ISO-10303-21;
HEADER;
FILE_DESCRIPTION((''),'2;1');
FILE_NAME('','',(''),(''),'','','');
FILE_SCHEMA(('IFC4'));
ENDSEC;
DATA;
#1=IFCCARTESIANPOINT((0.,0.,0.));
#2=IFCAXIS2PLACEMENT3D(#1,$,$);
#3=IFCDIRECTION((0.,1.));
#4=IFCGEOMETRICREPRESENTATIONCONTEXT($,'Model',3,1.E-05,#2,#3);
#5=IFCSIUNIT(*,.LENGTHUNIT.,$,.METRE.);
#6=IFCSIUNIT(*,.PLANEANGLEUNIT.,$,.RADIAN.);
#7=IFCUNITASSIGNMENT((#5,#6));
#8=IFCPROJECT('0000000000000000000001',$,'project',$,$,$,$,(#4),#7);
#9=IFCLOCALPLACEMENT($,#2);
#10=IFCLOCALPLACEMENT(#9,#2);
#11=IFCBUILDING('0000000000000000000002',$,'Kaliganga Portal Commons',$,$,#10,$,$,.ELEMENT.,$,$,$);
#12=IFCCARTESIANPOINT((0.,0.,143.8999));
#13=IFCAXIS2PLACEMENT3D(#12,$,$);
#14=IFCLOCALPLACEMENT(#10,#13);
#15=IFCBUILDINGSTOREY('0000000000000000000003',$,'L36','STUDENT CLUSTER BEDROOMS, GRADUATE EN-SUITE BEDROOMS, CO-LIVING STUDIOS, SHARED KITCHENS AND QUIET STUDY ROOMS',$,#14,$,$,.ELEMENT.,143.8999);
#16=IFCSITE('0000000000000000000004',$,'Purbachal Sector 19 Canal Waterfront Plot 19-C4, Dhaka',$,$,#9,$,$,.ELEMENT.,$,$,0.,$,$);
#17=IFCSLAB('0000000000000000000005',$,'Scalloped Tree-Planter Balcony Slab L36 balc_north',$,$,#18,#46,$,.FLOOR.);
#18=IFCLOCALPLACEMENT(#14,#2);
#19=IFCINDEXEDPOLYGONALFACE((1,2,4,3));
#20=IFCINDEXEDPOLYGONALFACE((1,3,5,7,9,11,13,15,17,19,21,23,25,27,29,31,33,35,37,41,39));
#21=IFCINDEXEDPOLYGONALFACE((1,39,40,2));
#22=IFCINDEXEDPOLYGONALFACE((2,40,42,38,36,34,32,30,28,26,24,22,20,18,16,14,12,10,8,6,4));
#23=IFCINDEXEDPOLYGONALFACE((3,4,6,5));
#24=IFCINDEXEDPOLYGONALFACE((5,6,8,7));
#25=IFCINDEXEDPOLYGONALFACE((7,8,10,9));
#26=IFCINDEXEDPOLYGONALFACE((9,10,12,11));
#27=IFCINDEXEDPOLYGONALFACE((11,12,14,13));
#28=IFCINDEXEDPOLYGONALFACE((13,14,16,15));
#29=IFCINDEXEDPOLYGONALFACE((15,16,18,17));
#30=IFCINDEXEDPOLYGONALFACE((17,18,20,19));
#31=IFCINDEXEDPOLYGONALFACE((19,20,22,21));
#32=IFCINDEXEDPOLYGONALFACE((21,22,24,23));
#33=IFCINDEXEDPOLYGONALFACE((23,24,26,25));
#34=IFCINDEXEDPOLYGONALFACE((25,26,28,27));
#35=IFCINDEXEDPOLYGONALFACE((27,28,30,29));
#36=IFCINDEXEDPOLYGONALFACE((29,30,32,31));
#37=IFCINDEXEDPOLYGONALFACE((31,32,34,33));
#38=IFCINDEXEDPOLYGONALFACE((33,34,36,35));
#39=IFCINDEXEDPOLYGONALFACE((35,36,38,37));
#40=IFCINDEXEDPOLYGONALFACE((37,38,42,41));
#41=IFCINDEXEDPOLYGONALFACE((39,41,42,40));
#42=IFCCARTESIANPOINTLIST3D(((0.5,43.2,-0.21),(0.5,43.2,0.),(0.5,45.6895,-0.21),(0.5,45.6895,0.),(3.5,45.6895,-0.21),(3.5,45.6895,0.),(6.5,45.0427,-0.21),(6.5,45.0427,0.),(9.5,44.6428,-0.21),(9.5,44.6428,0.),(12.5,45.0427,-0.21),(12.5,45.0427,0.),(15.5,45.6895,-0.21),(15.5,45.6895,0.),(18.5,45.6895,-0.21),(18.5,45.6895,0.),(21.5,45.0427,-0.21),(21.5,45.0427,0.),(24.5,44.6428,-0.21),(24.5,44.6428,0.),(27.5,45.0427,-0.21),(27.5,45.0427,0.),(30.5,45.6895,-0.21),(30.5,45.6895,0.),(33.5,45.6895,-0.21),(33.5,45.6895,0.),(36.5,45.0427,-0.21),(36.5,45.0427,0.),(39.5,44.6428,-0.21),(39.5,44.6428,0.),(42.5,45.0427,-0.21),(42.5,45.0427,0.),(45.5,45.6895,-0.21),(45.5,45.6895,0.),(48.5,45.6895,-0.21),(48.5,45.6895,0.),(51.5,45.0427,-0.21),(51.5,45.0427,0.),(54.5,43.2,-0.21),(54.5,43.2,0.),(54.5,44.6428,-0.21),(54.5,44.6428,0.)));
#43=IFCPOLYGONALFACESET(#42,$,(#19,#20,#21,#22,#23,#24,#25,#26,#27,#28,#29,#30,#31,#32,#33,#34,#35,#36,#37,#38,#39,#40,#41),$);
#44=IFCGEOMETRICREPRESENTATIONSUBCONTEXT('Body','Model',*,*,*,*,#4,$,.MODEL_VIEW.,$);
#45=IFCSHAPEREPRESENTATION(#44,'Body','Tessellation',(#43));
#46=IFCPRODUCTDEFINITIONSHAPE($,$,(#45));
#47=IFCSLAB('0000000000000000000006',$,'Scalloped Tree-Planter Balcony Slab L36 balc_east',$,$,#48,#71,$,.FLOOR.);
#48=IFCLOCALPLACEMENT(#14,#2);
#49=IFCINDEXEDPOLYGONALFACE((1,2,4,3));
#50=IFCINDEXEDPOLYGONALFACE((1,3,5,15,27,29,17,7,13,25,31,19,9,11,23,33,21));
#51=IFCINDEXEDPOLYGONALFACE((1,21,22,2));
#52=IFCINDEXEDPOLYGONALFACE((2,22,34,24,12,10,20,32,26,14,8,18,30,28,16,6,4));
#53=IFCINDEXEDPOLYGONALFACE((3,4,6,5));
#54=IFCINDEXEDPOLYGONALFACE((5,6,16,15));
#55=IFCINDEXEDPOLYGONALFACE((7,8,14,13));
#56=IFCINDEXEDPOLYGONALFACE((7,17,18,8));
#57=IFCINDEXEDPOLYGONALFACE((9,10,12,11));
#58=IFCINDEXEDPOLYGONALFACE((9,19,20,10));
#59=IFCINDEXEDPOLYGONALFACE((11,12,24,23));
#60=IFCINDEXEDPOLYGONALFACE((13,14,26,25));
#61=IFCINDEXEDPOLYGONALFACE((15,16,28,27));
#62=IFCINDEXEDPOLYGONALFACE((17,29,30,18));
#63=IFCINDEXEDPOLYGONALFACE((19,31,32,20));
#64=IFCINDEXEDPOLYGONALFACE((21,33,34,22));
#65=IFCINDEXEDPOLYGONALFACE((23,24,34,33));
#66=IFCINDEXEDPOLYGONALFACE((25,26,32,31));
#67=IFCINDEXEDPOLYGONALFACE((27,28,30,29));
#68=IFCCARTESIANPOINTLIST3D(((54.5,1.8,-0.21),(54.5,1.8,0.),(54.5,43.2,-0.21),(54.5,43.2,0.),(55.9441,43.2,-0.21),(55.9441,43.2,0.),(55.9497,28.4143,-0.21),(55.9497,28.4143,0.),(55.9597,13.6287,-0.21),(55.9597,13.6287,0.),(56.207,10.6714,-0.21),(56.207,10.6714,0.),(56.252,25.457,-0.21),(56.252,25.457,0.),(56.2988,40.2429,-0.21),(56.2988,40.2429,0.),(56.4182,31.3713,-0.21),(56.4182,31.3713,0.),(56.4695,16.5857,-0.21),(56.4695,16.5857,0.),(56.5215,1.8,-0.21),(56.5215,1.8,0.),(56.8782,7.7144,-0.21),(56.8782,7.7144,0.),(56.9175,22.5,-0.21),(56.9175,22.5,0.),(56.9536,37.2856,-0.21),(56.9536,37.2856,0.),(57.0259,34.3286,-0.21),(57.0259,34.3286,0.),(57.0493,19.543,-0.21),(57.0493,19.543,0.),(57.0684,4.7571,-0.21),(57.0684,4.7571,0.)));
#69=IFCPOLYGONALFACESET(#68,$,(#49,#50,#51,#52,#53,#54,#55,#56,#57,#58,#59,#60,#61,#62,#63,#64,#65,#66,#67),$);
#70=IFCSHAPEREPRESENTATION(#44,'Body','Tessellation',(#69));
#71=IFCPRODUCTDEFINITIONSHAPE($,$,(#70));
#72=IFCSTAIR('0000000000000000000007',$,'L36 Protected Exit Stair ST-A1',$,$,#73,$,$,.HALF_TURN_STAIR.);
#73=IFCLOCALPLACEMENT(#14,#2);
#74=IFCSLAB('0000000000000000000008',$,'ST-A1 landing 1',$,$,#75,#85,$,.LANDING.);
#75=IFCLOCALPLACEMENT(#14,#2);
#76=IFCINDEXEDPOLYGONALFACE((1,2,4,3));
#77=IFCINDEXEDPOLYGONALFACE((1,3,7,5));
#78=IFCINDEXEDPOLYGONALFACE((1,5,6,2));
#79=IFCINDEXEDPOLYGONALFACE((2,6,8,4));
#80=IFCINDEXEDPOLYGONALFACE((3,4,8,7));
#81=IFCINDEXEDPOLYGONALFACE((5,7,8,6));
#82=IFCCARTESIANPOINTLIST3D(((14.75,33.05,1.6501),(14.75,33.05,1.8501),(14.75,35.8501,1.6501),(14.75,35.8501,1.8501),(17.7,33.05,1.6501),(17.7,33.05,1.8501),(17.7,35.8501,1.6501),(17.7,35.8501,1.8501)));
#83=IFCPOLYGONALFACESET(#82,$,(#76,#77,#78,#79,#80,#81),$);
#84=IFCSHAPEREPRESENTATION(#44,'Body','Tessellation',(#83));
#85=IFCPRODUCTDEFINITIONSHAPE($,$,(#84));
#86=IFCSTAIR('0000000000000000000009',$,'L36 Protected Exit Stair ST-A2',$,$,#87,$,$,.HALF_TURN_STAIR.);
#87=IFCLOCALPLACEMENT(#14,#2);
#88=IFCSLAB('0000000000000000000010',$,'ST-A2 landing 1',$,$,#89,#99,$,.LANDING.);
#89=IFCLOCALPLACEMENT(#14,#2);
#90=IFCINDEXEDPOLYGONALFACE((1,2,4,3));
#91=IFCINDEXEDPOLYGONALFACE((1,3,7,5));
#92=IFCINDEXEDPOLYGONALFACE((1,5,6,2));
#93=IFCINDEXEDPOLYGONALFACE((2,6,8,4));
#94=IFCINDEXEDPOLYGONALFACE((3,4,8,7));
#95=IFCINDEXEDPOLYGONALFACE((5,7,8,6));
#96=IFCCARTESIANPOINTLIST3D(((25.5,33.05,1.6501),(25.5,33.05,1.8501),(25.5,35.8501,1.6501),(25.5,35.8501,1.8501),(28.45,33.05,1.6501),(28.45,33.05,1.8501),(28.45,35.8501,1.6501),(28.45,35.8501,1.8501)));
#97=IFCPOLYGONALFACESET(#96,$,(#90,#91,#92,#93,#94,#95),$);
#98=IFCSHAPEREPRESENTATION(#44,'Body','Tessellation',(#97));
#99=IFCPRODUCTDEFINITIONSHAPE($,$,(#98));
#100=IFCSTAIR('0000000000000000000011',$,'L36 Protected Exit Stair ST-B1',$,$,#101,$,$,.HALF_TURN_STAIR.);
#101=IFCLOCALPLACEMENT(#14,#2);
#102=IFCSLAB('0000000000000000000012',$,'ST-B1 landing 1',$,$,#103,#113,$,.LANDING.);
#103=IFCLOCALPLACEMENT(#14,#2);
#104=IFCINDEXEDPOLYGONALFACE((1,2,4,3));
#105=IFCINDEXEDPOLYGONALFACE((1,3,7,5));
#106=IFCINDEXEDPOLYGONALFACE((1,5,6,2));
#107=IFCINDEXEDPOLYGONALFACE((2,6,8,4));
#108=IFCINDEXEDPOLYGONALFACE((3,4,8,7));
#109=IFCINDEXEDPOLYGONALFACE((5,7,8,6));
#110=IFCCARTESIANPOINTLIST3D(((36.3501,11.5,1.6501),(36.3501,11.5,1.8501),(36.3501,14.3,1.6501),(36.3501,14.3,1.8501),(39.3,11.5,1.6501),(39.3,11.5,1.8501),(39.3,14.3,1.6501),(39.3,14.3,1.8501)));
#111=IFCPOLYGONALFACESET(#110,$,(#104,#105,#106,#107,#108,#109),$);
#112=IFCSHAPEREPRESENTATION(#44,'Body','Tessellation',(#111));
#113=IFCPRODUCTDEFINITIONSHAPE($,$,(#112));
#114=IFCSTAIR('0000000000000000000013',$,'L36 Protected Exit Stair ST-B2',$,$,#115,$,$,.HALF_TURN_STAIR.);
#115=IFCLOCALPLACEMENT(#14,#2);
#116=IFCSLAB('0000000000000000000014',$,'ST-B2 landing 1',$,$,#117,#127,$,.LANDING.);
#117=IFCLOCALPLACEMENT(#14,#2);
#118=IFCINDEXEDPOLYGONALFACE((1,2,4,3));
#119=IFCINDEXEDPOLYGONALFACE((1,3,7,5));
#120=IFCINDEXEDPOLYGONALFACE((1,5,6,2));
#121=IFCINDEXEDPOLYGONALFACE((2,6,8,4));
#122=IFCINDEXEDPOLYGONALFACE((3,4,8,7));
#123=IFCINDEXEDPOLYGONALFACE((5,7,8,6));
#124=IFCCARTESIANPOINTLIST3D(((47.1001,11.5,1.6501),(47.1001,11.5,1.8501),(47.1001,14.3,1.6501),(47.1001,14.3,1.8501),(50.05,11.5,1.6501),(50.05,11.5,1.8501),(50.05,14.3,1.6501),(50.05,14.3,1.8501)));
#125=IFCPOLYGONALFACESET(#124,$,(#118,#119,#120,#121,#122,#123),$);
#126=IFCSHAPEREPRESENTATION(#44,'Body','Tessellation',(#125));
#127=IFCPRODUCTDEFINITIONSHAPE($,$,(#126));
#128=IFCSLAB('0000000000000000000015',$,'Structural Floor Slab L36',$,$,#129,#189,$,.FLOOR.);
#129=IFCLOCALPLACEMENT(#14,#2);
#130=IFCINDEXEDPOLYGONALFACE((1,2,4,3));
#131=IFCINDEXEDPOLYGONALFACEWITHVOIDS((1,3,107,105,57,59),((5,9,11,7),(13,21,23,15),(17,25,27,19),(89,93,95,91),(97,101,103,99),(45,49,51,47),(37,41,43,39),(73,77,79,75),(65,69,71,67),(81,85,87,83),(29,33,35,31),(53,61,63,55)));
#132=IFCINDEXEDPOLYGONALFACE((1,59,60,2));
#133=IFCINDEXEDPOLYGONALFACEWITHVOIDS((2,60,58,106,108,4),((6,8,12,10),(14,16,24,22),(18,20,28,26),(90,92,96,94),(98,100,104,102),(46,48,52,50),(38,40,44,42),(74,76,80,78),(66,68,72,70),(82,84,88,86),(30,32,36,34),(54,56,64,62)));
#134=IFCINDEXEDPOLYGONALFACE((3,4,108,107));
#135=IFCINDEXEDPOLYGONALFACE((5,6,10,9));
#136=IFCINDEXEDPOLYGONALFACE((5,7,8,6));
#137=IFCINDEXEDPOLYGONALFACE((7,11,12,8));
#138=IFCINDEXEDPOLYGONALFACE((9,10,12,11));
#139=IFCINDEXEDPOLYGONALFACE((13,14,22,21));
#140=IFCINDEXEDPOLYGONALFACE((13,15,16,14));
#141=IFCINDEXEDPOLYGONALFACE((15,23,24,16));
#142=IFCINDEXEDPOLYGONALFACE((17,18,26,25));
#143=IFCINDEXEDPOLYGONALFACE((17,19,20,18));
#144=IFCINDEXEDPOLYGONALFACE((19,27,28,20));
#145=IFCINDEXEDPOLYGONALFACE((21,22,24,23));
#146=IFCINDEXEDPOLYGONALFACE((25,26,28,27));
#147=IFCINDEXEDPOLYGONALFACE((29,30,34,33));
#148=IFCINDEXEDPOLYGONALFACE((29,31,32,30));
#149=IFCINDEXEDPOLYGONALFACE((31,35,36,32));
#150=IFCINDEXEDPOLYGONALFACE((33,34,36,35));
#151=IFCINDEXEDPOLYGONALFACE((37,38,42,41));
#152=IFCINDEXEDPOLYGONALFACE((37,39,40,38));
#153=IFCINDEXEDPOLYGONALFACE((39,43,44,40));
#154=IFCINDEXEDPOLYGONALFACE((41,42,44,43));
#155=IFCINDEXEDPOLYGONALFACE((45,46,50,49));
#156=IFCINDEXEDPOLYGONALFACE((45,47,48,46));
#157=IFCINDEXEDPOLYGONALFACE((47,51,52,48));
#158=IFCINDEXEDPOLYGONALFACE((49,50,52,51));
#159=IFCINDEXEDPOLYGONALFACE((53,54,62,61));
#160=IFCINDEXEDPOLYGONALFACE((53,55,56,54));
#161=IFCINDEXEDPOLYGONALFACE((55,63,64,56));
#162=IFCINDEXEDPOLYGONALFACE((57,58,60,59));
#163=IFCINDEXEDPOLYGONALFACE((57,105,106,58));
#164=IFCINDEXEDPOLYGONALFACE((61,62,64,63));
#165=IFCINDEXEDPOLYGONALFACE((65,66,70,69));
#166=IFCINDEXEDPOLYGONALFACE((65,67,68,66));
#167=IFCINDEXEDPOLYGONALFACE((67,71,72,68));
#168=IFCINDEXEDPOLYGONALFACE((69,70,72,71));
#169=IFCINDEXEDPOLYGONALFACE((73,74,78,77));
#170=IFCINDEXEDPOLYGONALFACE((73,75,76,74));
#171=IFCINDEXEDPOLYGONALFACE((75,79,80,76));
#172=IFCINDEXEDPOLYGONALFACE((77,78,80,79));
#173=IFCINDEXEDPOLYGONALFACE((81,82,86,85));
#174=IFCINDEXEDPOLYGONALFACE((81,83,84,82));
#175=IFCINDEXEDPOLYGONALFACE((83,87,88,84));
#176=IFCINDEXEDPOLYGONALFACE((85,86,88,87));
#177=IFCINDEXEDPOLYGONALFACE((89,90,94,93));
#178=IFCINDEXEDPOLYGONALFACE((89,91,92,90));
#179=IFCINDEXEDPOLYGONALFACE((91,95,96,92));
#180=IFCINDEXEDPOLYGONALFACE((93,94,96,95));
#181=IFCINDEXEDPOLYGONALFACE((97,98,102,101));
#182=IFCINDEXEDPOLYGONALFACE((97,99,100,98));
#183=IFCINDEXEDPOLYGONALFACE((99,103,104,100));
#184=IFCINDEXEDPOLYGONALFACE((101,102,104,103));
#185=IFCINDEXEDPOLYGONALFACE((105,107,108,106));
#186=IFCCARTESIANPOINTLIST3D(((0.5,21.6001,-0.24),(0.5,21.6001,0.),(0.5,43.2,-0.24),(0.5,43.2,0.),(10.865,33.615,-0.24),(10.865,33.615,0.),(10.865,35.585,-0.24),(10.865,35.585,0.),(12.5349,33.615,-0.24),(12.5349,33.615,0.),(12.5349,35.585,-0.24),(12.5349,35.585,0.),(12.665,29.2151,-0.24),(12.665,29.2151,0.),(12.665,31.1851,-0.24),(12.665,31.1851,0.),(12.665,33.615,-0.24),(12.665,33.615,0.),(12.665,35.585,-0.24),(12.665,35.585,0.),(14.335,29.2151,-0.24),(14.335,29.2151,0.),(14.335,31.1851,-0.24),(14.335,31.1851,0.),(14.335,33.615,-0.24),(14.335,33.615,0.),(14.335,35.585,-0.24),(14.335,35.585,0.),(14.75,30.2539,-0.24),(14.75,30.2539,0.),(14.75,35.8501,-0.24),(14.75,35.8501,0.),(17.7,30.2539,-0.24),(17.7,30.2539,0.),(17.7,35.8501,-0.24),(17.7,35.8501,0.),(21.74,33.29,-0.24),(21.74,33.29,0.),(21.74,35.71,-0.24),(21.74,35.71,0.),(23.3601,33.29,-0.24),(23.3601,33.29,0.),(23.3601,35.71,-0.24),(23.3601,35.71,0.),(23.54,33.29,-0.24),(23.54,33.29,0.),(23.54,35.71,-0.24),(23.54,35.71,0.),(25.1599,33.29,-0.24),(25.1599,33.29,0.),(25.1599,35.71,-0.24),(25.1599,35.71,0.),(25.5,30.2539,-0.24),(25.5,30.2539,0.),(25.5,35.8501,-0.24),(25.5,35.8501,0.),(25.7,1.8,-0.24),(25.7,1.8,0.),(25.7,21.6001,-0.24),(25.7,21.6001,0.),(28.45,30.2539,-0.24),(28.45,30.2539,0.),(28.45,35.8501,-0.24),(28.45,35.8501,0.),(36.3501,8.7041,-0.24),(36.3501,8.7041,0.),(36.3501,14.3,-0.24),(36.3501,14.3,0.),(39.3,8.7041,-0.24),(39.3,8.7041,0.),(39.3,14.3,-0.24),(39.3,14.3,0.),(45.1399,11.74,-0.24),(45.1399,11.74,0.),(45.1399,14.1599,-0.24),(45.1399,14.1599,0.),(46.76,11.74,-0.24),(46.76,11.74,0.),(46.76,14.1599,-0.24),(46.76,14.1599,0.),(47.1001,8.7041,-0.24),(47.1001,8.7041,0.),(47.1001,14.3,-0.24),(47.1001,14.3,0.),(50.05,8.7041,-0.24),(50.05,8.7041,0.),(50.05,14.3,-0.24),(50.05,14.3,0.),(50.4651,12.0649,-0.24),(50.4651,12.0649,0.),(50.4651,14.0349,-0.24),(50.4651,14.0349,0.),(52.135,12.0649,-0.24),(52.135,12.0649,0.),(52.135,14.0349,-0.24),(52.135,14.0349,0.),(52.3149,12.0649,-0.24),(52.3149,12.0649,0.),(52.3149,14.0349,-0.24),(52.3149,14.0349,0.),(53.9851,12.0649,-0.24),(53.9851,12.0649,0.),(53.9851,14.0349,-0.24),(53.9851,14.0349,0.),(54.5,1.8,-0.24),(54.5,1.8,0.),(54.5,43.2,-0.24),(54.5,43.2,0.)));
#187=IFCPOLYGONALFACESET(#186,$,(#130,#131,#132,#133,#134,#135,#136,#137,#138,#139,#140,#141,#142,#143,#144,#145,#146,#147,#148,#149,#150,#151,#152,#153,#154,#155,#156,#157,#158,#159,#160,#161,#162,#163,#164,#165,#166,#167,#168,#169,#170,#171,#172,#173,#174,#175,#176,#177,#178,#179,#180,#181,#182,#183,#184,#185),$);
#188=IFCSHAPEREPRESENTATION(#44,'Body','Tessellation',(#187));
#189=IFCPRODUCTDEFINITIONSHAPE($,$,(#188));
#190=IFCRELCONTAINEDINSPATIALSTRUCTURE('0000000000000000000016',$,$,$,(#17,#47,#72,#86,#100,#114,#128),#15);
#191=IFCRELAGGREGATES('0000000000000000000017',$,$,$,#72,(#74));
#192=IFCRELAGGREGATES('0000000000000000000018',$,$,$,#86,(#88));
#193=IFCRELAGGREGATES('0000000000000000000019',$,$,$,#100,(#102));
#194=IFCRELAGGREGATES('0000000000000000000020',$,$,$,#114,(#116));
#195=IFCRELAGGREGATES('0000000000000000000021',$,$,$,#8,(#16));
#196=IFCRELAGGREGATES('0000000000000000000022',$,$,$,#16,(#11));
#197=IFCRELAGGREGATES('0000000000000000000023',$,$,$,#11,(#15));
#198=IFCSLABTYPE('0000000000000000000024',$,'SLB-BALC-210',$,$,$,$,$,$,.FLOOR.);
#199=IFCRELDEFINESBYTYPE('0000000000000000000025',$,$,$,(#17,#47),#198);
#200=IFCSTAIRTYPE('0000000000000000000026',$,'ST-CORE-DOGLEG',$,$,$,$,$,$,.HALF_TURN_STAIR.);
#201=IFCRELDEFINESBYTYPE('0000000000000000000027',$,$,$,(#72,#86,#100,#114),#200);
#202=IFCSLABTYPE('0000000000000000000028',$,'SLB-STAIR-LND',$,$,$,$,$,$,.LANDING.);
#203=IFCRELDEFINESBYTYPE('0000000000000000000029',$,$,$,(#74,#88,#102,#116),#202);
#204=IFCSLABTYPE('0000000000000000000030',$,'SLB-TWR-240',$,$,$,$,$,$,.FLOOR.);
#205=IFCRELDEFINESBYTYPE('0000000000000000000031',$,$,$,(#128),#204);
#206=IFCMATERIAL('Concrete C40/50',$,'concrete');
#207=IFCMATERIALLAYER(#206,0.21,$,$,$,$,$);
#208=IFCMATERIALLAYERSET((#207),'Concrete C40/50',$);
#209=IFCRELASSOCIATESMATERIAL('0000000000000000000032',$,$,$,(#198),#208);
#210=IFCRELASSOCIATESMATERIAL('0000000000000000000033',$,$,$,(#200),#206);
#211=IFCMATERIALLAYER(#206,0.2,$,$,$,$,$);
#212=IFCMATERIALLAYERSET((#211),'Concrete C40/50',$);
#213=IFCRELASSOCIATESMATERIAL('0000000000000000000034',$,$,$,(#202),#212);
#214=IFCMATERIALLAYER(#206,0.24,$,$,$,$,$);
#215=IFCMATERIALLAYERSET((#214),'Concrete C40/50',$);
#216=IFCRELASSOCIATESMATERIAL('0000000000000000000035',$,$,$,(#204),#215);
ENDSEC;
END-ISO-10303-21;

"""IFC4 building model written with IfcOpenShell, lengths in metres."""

from ifc_helpers import new_model, si_unit, direction, frame, origin, place, context, subcontext, project, spatial, polyline, outline, extrude, material, layer, layer_set, type_object, element, aggregate, save


model = new_model("IFC4")

# Units and contexts
model_context = context("Model", 3, precision=1e-05, world=origin(), true_north=direction((0.0, 1.0)))
body_context = subcontext(model_context, "Body", "Model", "MODEL_VIEW")
ifc_project = project(units=[si_unit("LENGTHUNIT", "METRE"), si_unit("PLANEANGLEUNIT", "RADIAN")], contexts=[model_context])

# Site, building, storey
site_placement = place(None, origin())
site = spatial("IfcSite", under=ifc_project, at=site_placement, Name="Purbachal Sector 19 Canal Waterfront Plot 19-C4, Dhaka", CompositionType="ELEMENT", RefElevation=0.0)
building_placement = place(site_placement, origin())
building = spatial("IfcBuilding", under=site, at=building_placement, Name="Kaliganga Portal Commons", CompositionType="ELEMENT")
storey_placement = place(building_placement, frame((0.0, 0.0, 143.8999)))
storey = spatial("IfcBuildingStorey", under=building, at=storey_placement, Name="L36", Description="STUDENT CLUSTER BEDROOMS, GRADUATE EN-SUITE BEDROOMS, CO-LIVING STUDIOS, SHARED KITCHENS AND QUIET STUDY ROOMS", CompositionType="ELEMENT", Elevation=143.8999)

# Slabs
ifc_material_1 = material(Name="Concrete C40/50", Category="concrete")
ifc_layer_1 = layer(ifc_material_1, 0.21)
ifc_layer_set_1 = layer_set([ifc_layer_1], Name="Concrete C40/50")
slab_type_1 = type_object("IfcSlabType", Name="SLB-BALC-210", PredefinedType="FLOOR", material=ifc_layer_set_1)
slab_1_placement = place(storey_placement, frame((0.0, 0.0, -0.21)))
element("IfcSlab", 1, at=slab_1_placement, inside=storey, type_object=slab_type_1, Name="Scalloped Tree-Planter Balcony Slab L36 balc_north", PredefinedType="FLOOR", context=body_context, shape_type="SweptSolid", body=[
    extrude(outline(polyline([(54.5, 43.2), (54.5, 44.6428), (51.5, 45.0427), (48.5, 45.6895), (45.5, 45.6895), (42.5, 45.0427), (39.5, 44.6428), (36.5, 45.0427), (33.5, 45.6895), (30.5, 45.6895), (27.5, 45.0427), (24.5, 44.6428), (21.5, 45.0427), (18.5, 45.6895), (15.5, 45.6895), (12.5, 45.0427), (9.5, 44.6428), (6.5, 45.0427), (3.5, 45.6895), (0.5, 45.6895), (0.5, 43.2), (54.5, 43.2)])), origin(), (0.0, 0.0, 1.0), 0.21),
])
slab_2_placement = place(storey_placement, frame((0.0, 0.0, -0.21)))
element("IfcSlab", 2, at=slab_2_placement, inside=storey, type_object=slab_type_1, Name="Scalloped Tree-Planter Balcony Slab L36 balc_east", PredefinedType="FLOOR", context=body_context, shape_type="SweptSolid", body=[
    extrude(outline(polyline([(54.5, 1.8), (56.5215, 1.8), (57.0684, 4.7571), (56.8782, 7.7144), (56.207, 10.6714), (55.9597, 13.6287), (56.4695, 16.5857), (57.0493, 19.543), (56.9175, 22.5), (56.252, 25.457), (55.9497, 28.4143), (56.4182, 31.3713), (57.0259, 34.3286), (56.9536, 37.2856), (56.2988, 40.2429), (55.9441, 43.2), (54.5, 43.2), (54.5, 1.8)])), origin(), (0.0, 0.0, 1.0), 0.21),
])

# Stairs, slabs
stair_type = type_object("IfcStairType", Name="ST-CORE-DOGLEG", PredefinedType="HALF_TURN_STAIR", material=ifc_material_1)
stair_1_placement = place(storey_placement, origin())
stair_1 = element("IfcStair", 3, at=stair_1_placement, inside=storey, type_object=stair_type, Name="L36 Protected Exit Stair ST-A1", PredefinedType="HALF_TURN_STAIR")
ifc_layer_2 = layer(ifc_material_1, 0.2)
ifc_layer_set_2 = layer_set([ifc_layer_2], Name="Concrete C40/50")
slab_type_2 = type_object("IfcSlabType", Name="SLB-STAIR-LND", PredefinedType="LANDING", material=ifc_layer_set_2)
slab_3_placement = place(storey_placement, frame((0.0, 0.0, 1.6501)))
slab_3 = element("IfcSlab", 4, at=slab_3_placement, type_object=slab_type_2, Name="ST-A1 landing 1", PredefinedType="LANDING", context=body_context, shape_type="SweptSolid", body=[
    extrude(outline(polyline([(17.7, 33.05), (17.7, 35.8501), (14.75, 35.8501), (14.75, 33.05), (17.7, 33.05)])), origin(), (0.0, 0.0, 1.0), 0.2),
])
aggregate(stair_1, [slab_3])
stair_2_placement = place(storey_placement, origin())
stair_2 = element("IfcStair", 5, at=stair_2_placement, inside=storey, type_object=stair_type, Name="L36 Protected Exit Stair ST-A2", PredefinedType="HALF_TURN_STAIR")
slab_4_placement = place(storey_placement, frame((0.0, 0.0, 1.6501)))
slab_4 = element("IfcSlab", 6, at=slab_4_placement, type_object=slab_type_2, Name="ST-A2 landing 1", PredefinedType="LANDING", context=body_context, shape_type="SweptSolid", body=[
    extrude(outline(polyline([(28.45, 33.05), (28.45, 35.8501), (25.5, 35.8501), (25.5, 33.05), (28.45, 33.05)])), origin(), (0.0, 0.0, 1.0), 0.2),
])
aggregate(stair_2, [slab_4])
stair_3_placement = place(storey_placement, origin())
stair_3 = element("IfcStair", 7, at=stair_3_placement, inside=storey, type_object=stair_type, Name="L36 Protected Exit Stair ST-B1", PredefinedType="HALF_TURN_STAIR")
slab_5_placement = place(storey_placement, frame((0.0, 0.0, 1.6501)))
slab_5 = element("IfcSlab", 8, at=slab_5_placement, type_object=slab_type_2, Name="ST-B1 landing 1", PredefinedType="LANDING", context=body_context, shape_type="SweptSolid", body=[
    extrude(outline(polyline([(39.3, 11.5), (39.3, 14.3), (36.3501, 14.3), (36.3501, 11.5), (39.3, 11.5)])), origin(), (0.0, 0.0, 1.0), 0.2),
])
aggregate(stair_3, [slab_5])
stair_4_placement = place(storey_placement, origin())
stair_4 = element("IfcStair", 9, at=stair_4_placement, inside=storey, type_object=stair_type, Name="L36 Protected Exit Stair ST-B2", PredefinedType="HALF_TURN_STAIR")
slab_6_placement = place(storey_placement, frame((0.0, 0.0, 1.6501)))
slab_6 = element("IfcSlab", 10, at=slab_6_placement, type_object=slab_type_2, Name="ST-B2 landing 1", PredefinedType="LANDING", context=body_context, shape_type="SweptSolid", body=[
    extrude(outline(polyline([(50.05, 11.5), (50.05, 14.3), (47.1001, 14.3), (47.1001, 11.5), (50.05, 11.5)])), origin(), (0.0, 0.0, 1.0), 0.2),
])
aggregate(stair_4, [slab_6])

# Slab
ifc_layer_3 = layer(ifc_material_1, 0.24)
ifc_layer_set_3 = layer_set([ifc_layer_3], Name="Concrete C40/50")
slab_type_3 = type_object("IfcSlabType", Name="SLB-TWR-240", PredefinedType="FLOOR", material=ifc_layer_set_3)
slab_7_placement = place(storey_placement, frame((0.0, 0.0, -0.24)))
element("IfcSlab", 11, at=slab_7_placement, inside=storey, type_object=slab_type_3, Name="Structural Floor Slab L36", PredefinedType="FLOOR", context=body_context, shape_type="SweptSolid", body=[
    extrude(outline(polyline([(25.7, 1.8), (54.5, 1.8), (54.5, 43.2), (0.5, 43.2), (0.5, 21.6001), (25.7, 21.6001), (25.7, 1.8)]), holes=[polyline([(14.75, 30.2539), (14.75, 35.8501), (17.7, 35.8501), (17.7, 30.2539), (14.75, 30.2539)]), polyline([(25.5, 30.2539), (25.5, 35.8501), (28.45, 35.8501), (28.45, 30.2539), (25.5, 30.2539)]), polyline([(36.3501, 8.7041), (36.3501, 14.3), (39.3, 14.3), (39.3, 8.7041), (36.3501, 8.7041)]), polyline([(47.1001, 8.7041), (47.1001, 14.3), (50.05, 14.3), (50.05, 8.7041), (47.1001, 8.7041)]), polyline([(12.665, 33.615), (12.665, 35.585), (14.335, 35.585), (14.335, 33.615), (12.665, 33.615)]), polyline([(12.665, 29.2151), (12.665, 31.1851), (14.335, 31.1851), (14.335, 29.2151), (12.665, 29.2151)]), polyline([(10.865, 33.615), (10.865, 35.585), (12.5349, 35.585), (12.5349, 33.615), (10.865, 33.615)]), polyline([(21.74, 33.29), (21.74, 35.71), (23.3601, 35.71), (23.3601, 33.29), (21.74, 33.29)]), polyline([(23.54, 33.29), (23.54, 35.71), (25.1599, 35.71), (25.1599, 33.29), (23.54, 33.29)]), polyline([(50.4651, 12.0649), (50.4651, 14.0349), (52.135, 14.0349), (52.135, 12.0649), (50.4651, 12.0649)]), polyline([(52.3149, 12.0649), (52.3149, 14.0349), (53.9851, 14.0349), (53.9851, 12.0649), (52.3149, 12.0649)]), polyline([(45.1399, 11.74), (45.1399, 14.1599), (46.76, 14.1599), (46.76, 11.74), (45.1399, 11.74)])]), origin(), (0.0, 0.0, 1.0), 0.24),
])

save(model, "model.ifc")
